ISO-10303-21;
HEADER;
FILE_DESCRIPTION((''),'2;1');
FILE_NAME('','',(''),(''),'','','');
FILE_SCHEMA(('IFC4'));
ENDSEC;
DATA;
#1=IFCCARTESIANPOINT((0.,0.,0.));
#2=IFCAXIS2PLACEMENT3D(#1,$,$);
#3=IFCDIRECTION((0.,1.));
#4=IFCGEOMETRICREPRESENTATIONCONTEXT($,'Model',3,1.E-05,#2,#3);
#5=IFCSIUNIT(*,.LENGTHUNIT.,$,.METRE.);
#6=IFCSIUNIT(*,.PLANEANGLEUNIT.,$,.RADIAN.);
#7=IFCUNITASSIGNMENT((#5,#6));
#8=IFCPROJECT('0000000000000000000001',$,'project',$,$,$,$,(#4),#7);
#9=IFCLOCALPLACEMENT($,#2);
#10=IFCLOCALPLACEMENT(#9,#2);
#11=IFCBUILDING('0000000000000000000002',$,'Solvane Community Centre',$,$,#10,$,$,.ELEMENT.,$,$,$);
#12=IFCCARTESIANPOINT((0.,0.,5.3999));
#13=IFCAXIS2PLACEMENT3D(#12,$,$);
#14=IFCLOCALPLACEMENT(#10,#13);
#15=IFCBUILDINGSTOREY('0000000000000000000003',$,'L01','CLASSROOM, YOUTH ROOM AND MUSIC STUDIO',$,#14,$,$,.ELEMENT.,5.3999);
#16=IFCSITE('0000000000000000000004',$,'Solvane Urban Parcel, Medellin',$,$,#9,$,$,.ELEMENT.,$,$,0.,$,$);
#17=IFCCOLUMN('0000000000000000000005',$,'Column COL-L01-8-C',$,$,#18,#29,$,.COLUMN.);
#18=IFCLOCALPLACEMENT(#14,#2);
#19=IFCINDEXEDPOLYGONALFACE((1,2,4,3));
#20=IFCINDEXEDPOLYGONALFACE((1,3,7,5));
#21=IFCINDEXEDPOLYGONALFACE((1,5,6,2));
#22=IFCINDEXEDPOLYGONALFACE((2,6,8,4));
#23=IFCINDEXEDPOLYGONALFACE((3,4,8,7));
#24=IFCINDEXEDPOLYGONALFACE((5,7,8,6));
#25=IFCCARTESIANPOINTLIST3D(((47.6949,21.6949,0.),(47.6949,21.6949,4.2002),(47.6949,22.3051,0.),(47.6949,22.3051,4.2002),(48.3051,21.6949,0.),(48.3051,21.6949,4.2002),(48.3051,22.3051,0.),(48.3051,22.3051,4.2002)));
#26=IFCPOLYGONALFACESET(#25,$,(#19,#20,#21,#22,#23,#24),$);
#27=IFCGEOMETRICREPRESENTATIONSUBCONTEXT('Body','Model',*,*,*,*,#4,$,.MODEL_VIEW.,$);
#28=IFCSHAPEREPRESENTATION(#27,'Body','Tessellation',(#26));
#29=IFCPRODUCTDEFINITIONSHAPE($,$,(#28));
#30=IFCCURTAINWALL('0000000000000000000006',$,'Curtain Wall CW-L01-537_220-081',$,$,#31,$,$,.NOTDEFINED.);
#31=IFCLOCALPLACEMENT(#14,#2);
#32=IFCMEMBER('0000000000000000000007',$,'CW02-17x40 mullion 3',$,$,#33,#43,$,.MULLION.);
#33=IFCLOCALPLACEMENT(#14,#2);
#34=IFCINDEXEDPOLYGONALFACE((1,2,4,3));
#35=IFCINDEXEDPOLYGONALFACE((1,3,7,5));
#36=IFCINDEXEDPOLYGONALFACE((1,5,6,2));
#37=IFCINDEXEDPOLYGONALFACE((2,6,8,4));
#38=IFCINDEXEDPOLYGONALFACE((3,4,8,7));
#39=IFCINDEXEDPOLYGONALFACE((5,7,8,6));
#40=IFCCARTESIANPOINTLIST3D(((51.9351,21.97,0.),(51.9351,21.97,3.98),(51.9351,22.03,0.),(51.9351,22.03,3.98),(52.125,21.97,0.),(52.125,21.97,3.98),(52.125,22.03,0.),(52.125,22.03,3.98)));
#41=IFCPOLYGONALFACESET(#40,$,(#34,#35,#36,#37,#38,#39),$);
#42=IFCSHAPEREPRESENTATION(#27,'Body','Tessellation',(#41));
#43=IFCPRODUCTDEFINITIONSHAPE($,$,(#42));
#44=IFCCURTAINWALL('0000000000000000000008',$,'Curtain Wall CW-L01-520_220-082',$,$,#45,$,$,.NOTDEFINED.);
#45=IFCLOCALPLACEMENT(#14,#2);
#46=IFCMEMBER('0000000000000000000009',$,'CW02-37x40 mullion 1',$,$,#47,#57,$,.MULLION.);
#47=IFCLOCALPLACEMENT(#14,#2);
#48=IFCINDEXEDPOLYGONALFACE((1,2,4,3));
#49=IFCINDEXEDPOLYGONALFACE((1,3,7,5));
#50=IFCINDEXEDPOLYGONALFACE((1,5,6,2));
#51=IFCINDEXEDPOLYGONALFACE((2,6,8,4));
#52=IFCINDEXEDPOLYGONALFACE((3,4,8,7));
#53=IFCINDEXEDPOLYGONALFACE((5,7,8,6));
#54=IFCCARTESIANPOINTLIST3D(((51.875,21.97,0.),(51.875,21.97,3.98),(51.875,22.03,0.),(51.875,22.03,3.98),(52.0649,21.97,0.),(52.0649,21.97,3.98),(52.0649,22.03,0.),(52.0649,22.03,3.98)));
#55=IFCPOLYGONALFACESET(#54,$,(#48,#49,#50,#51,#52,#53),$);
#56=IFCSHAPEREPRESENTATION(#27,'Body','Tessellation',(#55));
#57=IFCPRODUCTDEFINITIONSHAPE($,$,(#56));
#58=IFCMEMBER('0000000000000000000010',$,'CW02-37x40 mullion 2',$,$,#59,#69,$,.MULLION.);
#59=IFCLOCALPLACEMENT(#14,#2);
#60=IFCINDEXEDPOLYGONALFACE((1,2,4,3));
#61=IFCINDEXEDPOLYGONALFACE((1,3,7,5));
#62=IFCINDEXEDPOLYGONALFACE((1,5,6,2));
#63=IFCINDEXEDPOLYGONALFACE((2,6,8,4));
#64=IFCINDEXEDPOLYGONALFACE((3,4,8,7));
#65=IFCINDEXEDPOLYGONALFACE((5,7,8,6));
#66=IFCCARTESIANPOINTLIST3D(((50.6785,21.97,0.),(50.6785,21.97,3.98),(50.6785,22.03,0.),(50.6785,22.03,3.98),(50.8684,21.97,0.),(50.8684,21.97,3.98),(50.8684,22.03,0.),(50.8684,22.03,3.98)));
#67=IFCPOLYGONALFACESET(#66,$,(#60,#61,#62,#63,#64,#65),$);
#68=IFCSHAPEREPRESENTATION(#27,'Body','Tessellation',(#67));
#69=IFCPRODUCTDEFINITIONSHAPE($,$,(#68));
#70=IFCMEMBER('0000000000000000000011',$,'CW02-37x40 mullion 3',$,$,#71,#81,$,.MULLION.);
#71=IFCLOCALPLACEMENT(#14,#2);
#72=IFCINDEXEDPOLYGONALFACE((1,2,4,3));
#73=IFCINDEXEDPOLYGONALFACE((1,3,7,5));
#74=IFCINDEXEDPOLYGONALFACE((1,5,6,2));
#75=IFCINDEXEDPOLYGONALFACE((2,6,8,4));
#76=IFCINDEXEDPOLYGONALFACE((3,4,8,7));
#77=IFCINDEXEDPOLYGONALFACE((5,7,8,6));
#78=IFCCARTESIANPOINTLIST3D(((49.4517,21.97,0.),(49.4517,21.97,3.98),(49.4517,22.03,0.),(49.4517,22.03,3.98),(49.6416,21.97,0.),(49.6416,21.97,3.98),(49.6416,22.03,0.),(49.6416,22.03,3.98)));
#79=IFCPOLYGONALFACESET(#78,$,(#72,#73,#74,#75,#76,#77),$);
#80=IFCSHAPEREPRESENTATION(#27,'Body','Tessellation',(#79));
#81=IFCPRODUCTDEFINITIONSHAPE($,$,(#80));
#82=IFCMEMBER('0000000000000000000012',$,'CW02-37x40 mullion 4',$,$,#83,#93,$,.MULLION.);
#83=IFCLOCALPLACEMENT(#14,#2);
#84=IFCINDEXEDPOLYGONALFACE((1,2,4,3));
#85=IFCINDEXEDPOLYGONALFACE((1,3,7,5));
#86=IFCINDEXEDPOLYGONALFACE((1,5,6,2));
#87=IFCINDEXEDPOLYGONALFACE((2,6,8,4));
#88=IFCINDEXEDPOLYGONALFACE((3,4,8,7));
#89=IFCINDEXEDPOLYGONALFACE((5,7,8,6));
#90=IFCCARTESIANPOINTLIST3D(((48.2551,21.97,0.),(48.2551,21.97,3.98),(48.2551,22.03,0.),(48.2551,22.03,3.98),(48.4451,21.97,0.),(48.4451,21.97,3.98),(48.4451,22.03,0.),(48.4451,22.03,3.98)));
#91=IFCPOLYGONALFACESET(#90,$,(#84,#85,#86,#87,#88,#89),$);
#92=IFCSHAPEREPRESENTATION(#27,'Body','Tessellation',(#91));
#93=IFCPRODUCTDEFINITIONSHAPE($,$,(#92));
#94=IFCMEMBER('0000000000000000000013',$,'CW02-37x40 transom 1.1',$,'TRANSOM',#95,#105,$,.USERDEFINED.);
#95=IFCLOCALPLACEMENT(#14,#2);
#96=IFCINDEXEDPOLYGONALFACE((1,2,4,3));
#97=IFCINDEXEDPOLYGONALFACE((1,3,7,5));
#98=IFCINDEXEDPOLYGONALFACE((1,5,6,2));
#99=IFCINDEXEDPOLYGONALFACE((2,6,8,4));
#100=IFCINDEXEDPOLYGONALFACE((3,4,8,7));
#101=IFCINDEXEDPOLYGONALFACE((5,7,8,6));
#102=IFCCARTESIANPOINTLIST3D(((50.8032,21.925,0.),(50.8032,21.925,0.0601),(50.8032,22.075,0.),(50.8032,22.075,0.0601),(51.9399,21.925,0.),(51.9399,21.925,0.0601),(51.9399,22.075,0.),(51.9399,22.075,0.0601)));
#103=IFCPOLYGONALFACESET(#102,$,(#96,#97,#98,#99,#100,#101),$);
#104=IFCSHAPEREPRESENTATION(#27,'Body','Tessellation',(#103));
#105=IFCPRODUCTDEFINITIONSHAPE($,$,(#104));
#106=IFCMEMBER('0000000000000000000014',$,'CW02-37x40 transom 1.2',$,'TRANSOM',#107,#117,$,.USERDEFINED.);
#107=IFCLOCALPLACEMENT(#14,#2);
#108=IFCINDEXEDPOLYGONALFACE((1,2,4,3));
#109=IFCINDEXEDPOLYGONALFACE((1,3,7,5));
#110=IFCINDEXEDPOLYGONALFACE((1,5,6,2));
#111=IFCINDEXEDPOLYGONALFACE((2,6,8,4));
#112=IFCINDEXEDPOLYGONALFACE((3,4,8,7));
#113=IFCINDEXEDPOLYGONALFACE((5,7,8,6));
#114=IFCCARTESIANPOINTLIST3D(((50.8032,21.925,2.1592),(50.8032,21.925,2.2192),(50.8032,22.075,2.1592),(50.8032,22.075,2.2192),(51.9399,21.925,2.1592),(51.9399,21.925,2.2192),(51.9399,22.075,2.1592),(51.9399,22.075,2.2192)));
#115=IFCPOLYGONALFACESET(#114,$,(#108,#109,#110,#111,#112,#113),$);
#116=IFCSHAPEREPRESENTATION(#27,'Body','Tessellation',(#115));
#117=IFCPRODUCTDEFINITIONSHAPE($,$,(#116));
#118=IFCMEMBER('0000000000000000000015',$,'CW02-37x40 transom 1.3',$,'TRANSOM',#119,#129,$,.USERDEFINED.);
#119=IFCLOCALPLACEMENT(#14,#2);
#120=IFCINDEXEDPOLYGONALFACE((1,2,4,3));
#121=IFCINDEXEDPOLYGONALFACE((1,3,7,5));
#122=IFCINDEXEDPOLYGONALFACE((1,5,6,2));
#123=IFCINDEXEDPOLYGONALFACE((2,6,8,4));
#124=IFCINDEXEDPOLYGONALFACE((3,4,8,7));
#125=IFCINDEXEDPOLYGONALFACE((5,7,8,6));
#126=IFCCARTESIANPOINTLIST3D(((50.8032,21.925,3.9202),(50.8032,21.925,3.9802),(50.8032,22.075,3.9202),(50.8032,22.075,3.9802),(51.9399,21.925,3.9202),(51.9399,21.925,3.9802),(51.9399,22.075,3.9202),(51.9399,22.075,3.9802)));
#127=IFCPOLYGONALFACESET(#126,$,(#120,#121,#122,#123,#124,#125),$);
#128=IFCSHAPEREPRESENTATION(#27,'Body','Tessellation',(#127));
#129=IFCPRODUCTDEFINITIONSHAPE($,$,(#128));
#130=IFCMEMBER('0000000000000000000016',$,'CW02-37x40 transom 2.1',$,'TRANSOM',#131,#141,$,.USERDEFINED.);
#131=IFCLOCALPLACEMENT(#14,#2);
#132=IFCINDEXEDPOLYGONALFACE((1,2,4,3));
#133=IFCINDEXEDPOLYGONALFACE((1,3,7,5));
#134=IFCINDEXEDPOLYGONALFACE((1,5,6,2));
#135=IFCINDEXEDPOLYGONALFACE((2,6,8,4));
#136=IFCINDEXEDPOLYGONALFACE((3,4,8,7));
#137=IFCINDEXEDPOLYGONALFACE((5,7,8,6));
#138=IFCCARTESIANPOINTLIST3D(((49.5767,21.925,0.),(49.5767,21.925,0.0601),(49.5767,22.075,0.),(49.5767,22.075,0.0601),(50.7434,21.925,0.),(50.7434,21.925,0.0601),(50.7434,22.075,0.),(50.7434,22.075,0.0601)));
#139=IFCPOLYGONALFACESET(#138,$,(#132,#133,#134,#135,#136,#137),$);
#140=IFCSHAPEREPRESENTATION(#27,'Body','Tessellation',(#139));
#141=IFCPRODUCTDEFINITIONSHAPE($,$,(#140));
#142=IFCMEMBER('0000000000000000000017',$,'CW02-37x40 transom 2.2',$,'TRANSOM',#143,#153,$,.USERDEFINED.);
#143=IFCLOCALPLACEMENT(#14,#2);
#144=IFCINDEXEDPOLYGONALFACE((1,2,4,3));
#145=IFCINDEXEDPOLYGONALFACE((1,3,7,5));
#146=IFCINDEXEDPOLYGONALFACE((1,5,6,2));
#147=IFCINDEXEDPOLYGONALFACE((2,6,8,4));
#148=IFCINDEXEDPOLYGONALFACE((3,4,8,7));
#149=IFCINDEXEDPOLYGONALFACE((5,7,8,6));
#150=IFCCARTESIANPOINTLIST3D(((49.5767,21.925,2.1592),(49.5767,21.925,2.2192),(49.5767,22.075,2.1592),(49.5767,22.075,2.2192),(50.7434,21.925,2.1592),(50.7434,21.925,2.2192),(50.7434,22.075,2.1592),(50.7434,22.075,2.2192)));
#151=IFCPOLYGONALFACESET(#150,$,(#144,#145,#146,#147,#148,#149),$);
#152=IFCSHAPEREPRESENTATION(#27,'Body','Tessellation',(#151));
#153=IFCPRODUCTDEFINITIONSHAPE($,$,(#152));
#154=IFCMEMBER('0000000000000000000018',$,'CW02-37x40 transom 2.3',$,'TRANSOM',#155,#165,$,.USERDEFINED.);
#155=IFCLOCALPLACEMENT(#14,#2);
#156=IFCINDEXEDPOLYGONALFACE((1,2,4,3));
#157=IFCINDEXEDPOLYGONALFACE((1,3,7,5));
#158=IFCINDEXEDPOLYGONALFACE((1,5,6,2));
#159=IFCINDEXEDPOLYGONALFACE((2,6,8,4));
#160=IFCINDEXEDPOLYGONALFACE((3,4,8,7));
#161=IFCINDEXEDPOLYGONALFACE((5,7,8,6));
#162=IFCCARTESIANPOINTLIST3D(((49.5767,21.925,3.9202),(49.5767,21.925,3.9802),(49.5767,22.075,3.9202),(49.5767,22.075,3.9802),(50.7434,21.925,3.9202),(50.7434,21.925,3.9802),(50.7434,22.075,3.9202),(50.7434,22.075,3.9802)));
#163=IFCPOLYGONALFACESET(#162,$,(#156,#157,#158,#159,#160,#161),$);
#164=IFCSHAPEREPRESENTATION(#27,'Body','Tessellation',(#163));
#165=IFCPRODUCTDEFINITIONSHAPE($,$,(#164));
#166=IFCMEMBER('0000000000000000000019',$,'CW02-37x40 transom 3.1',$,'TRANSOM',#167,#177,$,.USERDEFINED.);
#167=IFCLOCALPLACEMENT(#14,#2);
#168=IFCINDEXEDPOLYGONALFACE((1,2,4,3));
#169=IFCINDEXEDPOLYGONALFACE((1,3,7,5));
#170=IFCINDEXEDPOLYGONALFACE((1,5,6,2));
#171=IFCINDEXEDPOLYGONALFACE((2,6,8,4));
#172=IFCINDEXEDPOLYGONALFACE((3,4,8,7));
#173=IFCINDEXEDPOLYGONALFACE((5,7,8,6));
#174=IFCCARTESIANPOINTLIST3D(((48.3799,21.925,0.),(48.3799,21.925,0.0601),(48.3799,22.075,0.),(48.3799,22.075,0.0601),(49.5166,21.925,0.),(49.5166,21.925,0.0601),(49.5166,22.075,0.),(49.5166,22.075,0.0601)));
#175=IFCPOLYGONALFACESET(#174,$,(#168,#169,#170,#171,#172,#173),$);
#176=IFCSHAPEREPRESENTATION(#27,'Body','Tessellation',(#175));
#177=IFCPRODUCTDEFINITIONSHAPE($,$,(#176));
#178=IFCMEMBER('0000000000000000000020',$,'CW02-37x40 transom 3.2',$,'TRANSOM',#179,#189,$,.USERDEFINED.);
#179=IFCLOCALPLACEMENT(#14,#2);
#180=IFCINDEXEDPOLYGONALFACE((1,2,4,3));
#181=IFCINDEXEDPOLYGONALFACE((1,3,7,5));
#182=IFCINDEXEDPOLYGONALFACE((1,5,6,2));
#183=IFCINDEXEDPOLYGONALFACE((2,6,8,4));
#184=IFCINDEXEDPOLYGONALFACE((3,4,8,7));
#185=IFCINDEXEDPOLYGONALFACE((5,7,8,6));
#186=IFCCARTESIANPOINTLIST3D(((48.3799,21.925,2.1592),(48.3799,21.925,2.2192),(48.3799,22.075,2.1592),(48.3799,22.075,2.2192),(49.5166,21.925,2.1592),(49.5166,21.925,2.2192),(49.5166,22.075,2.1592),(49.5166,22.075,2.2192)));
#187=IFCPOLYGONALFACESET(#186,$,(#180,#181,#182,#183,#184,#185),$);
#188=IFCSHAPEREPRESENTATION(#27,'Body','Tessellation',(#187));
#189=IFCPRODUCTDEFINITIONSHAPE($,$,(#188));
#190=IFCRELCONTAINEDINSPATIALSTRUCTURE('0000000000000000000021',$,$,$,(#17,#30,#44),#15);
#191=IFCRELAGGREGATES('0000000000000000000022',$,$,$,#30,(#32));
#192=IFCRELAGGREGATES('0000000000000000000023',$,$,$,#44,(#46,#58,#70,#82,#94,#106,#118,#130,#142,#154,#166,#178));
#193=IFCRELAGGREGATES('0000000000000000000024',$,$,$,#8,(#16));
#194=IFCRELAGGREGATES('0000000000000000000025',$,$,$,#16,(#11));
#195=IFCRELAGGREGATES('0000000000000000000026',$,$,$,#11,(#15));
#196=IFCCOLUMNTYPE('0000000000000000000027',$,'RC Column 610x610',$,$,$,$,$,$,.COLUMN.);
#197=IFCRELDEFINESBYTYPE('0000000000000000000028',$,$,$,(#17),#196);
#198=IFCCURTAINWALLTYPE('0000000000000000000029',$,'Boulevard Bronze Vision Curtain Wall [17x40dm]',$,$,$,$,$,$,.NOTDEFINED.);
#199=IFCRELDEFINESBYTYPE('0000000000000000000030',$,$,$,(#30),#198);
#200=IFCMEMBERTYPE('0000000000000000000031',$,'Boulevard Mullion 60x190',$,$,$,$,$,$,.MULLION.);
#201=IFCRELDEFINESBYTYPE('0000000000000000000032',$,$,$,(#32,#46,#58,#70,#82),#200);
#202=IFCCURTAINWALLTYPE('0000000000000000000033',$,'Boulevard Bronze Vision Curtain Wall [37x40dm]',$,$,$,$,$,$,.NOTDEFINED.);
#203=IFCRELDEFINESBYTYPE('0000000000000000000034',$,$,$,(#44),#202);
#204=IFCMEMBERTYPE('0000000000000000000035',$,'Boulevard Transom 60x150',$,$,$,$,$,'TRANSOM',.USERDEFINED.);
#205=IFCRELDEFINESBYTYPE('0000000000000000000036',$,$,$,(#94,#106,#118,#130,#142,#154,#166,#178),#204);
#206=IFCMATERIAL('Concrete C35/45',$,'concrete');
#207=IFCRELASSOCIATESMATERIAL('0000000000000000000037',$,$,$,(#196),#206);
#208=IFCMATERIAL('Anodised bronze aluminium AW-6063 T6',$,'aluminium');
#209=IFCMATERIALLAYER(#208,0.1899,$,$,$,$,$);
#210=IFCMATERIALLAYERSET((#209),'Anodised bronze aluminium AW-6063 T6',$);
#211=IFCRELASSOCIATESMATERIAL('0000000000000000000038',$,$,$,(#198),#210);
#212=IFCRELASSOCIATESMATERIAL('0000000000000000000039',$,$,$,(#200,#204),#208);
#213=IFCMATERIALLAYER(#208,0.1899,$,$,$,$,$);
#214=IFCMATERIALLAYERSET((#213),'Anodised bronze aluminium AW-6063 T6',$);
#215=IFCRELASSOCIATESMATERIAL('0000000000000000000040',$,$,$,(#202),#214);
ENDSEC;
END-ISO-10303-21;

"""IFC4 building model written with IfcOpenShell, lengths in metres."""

from ifc_helpers import new_model, si_unit, direction, frame, origin, origin_2d, place, context, subcontext, project, spatial, rectangle, extrude, material, layer, layer_set, material_profile, profile_set, type_object, element, aggregate, save


model = new_model("IFC4")

# Units and contexts
model_context = context("Model", 3, precision=1e-05, world=origin(), true_north=direction((0.0, 1.0)))
body_context = subcontext(model_context, "Body", "Model", "MODEL_VIEW")
ifc_project = project(units=[si_unit("LENGTHUNIT", "METRE"), si_unit("PLANEANGLEUNIT", "RADIAN")], contexts=[model_context])

# Site, building, storey
site_placement = place(None, origin())
site = spatial("IfcSite", under=ifc_project, at=site_placement, Name="Solvane Urban Parcel, Medellin", CompositionType="ELEMENT", RefElevation=0.0)
building_placement = place(site_placement, origin())
building = spatial("IfcBuilding", under=site, at=building_placement, Name="Solvane Community Centre", CompositionType="ELEMENT")
storey_placement = place(building_placement, frame((0.0, 0.0, 5.3999)))
storey = spatial("IfcBuildingStorey", under=building, at=storey_placement, Name="L01", Description="CLASSROOM, YOUTH ROOM AND MUSIC STUDIO", CompositionType="ELEMENT", Elevation=5.3999)

# Column
ifc_material_1 = material(Name="Concrete C35/45", Category="concrete")
ifc_material_profile_1 = material_profile(ifc_material_1, rectangle(XDim=0.6101, YDim=0.6101, at=origin_2d()), Name="RC 610x610")
ifc_profile_set_1 = profile_set([ifc_material_profile_1], Name="Concrete C35/45")
column_type = type_object("IfcColumnType", Name="RC Column 610x610", PredefinedType="COLUMN", material=ifc_profile_set_1)
column_placement = place(storey_placement, frame((48.0, 22.0, 0.0), z_axis=(0.0, 0.0, 1.0), x_axis=(1.0, 0.0, 0.0)))
element("IfcColumn", 1, at=column_placement, inside=storey, type_object=column_type, Name="Column COL-L01-8-C", PredefinedType="COLUMN", context=body_context, shape_type="SweptSolid", body=[
    extrude(rectangle(XDim=0.6101, YDim=0.6101, at=origin_2d()), origin(), (0.0, 0.0, 1.0), 4.2002),
])

# Curtain wall, member
ifc_material_2 = material(Name="Anodised bronze aluminium AW-6063 T6", Category="aluminium")
ifc_layer_1 = layer(ifc_material_2, 0.1899)
ifc_layer_set_1 = layer_set([ifc_layer_1], Name="Anodised bronze aluminium AW-6063 T6")
curtain_wall_type_1 = type_object("IfcCurtainWallType", Name="Boulevard Bronze Vision Curtain Wall [17x40dm]", PredefinedType="NOTDEFINED", material=ifc_layer_set_1)
curtain_wall_1_placement = place(storey_placement, origin())
curtain_wall_1 = element("IfcCurtainWall", 2, at=curtain_wall_1_placement, inside=storey, type_object=curtain_wall_type_1, Name="Curtain Wall CW-L01-537_220-081", PredefinedType="NOTDEFINED")
ifc_material_profile_2 = material_profile(ifc_material_2, rectangle(XDim=0.0601, YDim=0.1899, at=origin_2d()), Name="CW-M 60x190")
ifc_profile_set_2 = profile_set([ifc_material_profile_2], Name="Anodised bronze aluminium AW-6063 T6")
member_type_1 = type_object("IfcMemberType", Name="Boulevard Mullion 60x190", PredefinedType="MULLION", material=ifc_profile_set_2)
member_1_placement = place(storey_placement, frame((52.03, 22.0, 0.0), z_axis=(0.0, 0.0, 1.0), x_axis=(0.0, -1.0, 0.0)))
member_1 = element("IfcMember", 3, at=member_1_placement, type_object=member_type_1, Name="CW02-17x40 mullion 3", PredefinedType="MULLION", context=body_context, shape_type="SweptSolid", body=[
    extrude(rectangle(XDim=0.0601, YDim=0.1899, at=origin_2d()), origin(), (0.0, 0.0, 1.0), 3.98),
])

# Curtain wall, members
ifc_layer_2 = layer(ifc_material_2, 0.1899)
ifc_layer_set_2 = layer_set([ifc_layer_2], Name="Anodised bronze aluminium AW-6063 T6")
curtain_wall_type_2 = type_object("IfcCurtainWallType", Name="Boulevard Bronze Vision Curtain Wall [37x40dm]", PredefinedType="NOTDEFINED", material=ifc_layer_set_2)
curtain_wall_2_placement = place(storey_placement, origin())
curtain_wall_2 = element("IfcCurtainWall", 4, at=curtain_wall_2_placement, inside=storey, type_object=curtain_wall_type_2, Name="Curtain Wall CW-L01-520_220-082", PredefinedType="NOTDEFINED")
member_2_placement = place(storey_placement, frame((51.97, 22.0, 0.0), z_axis=(0.0, 0.0, 1.0), x_axis=(0.0, -1.0, 0.0)))
member_2 = element("IfcMember", 5, at=member_2_placement, type_object=member_type_1, Name="CW02-37x40 mullion 1", PredefinedType="MULLION", context=body_context, shape_type="SweptSolid", body=[
    extrude(rectangle(XDim=0.0601, YDim=0.1899, at=origin_2d()), origin(), (0.0, 0.0, 1.0), 3.98),
])
member_3_placement = place(storey_placement, frame((50.7734, 22.0, 0.0), z_axis=(0.0, 0.0, 1.0), x_axis=(0.0, -1.0, 0.0)))
member_3 = element("IfcMember", 6, at=member_3_placement, type_object=member_type_1, Name="CW02-37x40 mullion 2", PredefinedType="MULLION", context=body_context, shape_type="SweptSolid", body=[
    extrude(rectangle(XDim=0.0601, YDim=0.1899, at=origin_2d()), origin(), (0.0, 0.0, 1.0), 3.98),
])
member_4_placement = place(storey_placement, frame((49.5466, 22.0, 0.0), z_axis=(0.0, 0.0, 1.0), x_axis=(0.0, -1.0, 0.0)))
member_4 = element("IfcMember", 7, at=member_4_placement, type_object=member_type_1, Name="CW02-37x40 mullion 3", PredefinedType="MULLION", context=body_context, shape_type="SweptSolid", body=[
    extrude(rectangle(XDim=0.0601, YDim=0.1899, at=origin_2d()), origin(), (0.0, 0.0, 1.0), 3.98),
])
member_5_placement = place(storey_placement, frame((48.3501, 22.0, 0.0), z_axis=(0.0, 0.0, 1.0), x_axis=(0.0, -1.0, 0.0)))
member_5 = element("IfcMember", 8, at=member_5_placement, type_object=member_type_1, Name="CW02-37x40 mullion 4", PredefinedType="MULLION", context=body_context, shape_type="SweptSolid", body=[
    extrude(rectangle(XDim=0.0601, YDim=0.1899, at=origin_2d()), origin(), (0.0, 0.0, 1.0), 3.98),
])
ifc_material_profile_3 = material_profile(ifc_material_2, rectangle(XDim=0.1499, YDim=0.0601, at=origin_2d()), Name="CW-T 60x150")
ifc_profile_set_3 = profile_set([ifc_material_profile_3], Name="Anodised bronze aluminium AW-6063 T6")
member_type_2 = type_object("IfcMemberType", Name="Boulevard Transom 60x150", ElementType="TRANSOM", PredefinedType="USERDEFINED", material=ifc_profile_set_3)
member_6_placement = place(storey_placement, frame((51.9399, 22.0, 0.03), z_axis=(-1.0, 0.0, 0.0), x_axis=(0.0, -1.0, 0.0)))
member_6 = element("IfcMember", 9, at=member_6_placement, type_object=member_type_2, Name="CW02-37x40 transom 1.1", ObjectType="TRANSOM", PredefinedType="USERDEFINED", context=body_context, shape_type="SweptSolid", body=[
    extrude(rectangle(XDim=0.1499, YDim=0.0601, at=origin_2d()), origin(), (0.0, 0.0, 1.0), 1.1367),
])
member_7_placement = place(storey_placement, frame((51.9399, 22.0, 2.1892), z_axis=(-1.0, 0.0, 0.0), x_axis=(0.0, -1.0, 0.0)))
member_7 = element("IfcMember", 10, at=member_7_placement, type_object=member_type_2, Name="CW02-37x40 transom 1.2", ObjectType="TRANSOM", PredefinedType="USERDEFINED", context=body_context, shape_type="SweptSolid", body=[
    extrude(rectangle(XDim=0.1499, YDim=0.0601, at=origin_2d()), origin(), (0.0, 0.0, 1.0), 1.1367),
])
member_8_placement = place(storey_placement, frame((51.9399, 22.0, 3.9502), z_axis=(-1.0, 0.0, 0.0), x_axis=(0.0, -1.0, 0.0)))
member_8 = element("IfcMember", 11, at=member_8_placement, type_object=member_type_2, Name="CW02-37x40 transom 1.3", ObjectType="TRANSOM", PredefinedType="USERDEFINED", context=body_context, shape_type="SweptSolid", body=[
    extrude(rectangle(XDim=0.1499, YDim=0.0601, at=origin_2d()), origin(), (0.0, 0.0, 1.0), 1.1367),
])
member_9_placement = place(storey_placement, frame((50.7434, 22.0, 0.03), z_axis=(-1.0, 0.0, 0.0), x_axis=(0.0, -1.0, 0.0)))
member_9 = element("IfcMember", 12, at=member_9_placement, type_object=member_type_2, Name="CW02-37x40 transom 2.1", ObjectType="TRANSOM", PredefinedType="USERDEFINED", context=body_context, shape_type="SweptSolid", body=[
    extrude(rectangle(XDim=0.1499, YDim=0.0601, at=origin_2d()), origin(), (0.0, 0.0, 1.0), 1.1667),
])
member_10_placement = place(storey_placement, frame((50.7434, 22.0, 2.1892), z_axis=(-1.0, 0.0, 0.0), x_axis=(0.0, -1.0, 0.0)))
member_10 = element("IfcMember", 13, at=member_10_placement, type_object=member_type_2, Name="CW02-37x40 transom 2.2", ObjectType="TRANSOM", PredefinedType="USERDEFINED", context=body_context, shape_type="SweptSolid", body=[
    extrude(rectangle(XDim=0.1499, YDim=0.0601, at=origin_2d()), origin(), (0.0, 0.0, 1.0), 1.1667),
])
member_11_placement = place(storey_placement, frame((50.7434, 22.0, 3.9502), z_axis=(-1.0, 0.0, 0.0), x_axis=(0.0, -1.0, 0.0)))
member_11 = element("IfcMember", 14, at=member_11_placement, type_object=member_type_2, Name="CW02-37x40 transom 2.3", ObjectType="TRANSOM", PredefinedType="USERDEFINED", context=body_context, shape_type="SweptSolid", body=[
    extrude(rectangle(XDim=0.1499, YDim=0.0601, at=origin_2d()), origin(), (0.0, 0.0, 1.0), 1.1667),
])
member_12_placement = place(storey_placement, frame((49.5166, 22.0, 0.03), z_axis=(-1.0, 0.0, 0.0), x_axis=(0.0, -1.0, 0.0)))
member_12 = element("IfcMember", 15, at=member_12_placement, type_object=member_type_2, Name="CW02-37x40 transom 3.1", ObjectType="TRANSOM", PredefinedType="USERDEFINED", context=body_context, shape_type="SweptSolid", body=[
    extrude(rectangle(XDim=0.1499, YDim=0.0601, at=origin_2d()), origin(), (0.0, 0.0, 1.0), 1.1367),
])
member_13_placement = place(storey_placement, frame((49.5166, 22.0, 2.1892), z_axis=(-1.0, 0.0, 0.0), x_axis=(0.0, -1.0, 0.0)))
member_13 = element("IfcMember", 16, at=member_13_placement, type_object=member_type_2, Name="CW02-37x40 transom 3.2", ObjectType="TRANSOM", PredefinedType="USERDEFINED", context=body_context, shape_type="SweptSolid", body=[
    extrude(rectangle(XDim=0.1499, YDim=0.0601, at=origin_2d()), origin(), (0.0, 0.0, 1.0), 1.1367),
])

aggregate(curtain_wall_1, [member_1])
aggregate(curtain_wall_2, [member_2, member_3, member_4, member_5, member_6, member_7, member_8, member_9, member_10, member_11, member_12, member_13])

save(model, "model.ifc")
